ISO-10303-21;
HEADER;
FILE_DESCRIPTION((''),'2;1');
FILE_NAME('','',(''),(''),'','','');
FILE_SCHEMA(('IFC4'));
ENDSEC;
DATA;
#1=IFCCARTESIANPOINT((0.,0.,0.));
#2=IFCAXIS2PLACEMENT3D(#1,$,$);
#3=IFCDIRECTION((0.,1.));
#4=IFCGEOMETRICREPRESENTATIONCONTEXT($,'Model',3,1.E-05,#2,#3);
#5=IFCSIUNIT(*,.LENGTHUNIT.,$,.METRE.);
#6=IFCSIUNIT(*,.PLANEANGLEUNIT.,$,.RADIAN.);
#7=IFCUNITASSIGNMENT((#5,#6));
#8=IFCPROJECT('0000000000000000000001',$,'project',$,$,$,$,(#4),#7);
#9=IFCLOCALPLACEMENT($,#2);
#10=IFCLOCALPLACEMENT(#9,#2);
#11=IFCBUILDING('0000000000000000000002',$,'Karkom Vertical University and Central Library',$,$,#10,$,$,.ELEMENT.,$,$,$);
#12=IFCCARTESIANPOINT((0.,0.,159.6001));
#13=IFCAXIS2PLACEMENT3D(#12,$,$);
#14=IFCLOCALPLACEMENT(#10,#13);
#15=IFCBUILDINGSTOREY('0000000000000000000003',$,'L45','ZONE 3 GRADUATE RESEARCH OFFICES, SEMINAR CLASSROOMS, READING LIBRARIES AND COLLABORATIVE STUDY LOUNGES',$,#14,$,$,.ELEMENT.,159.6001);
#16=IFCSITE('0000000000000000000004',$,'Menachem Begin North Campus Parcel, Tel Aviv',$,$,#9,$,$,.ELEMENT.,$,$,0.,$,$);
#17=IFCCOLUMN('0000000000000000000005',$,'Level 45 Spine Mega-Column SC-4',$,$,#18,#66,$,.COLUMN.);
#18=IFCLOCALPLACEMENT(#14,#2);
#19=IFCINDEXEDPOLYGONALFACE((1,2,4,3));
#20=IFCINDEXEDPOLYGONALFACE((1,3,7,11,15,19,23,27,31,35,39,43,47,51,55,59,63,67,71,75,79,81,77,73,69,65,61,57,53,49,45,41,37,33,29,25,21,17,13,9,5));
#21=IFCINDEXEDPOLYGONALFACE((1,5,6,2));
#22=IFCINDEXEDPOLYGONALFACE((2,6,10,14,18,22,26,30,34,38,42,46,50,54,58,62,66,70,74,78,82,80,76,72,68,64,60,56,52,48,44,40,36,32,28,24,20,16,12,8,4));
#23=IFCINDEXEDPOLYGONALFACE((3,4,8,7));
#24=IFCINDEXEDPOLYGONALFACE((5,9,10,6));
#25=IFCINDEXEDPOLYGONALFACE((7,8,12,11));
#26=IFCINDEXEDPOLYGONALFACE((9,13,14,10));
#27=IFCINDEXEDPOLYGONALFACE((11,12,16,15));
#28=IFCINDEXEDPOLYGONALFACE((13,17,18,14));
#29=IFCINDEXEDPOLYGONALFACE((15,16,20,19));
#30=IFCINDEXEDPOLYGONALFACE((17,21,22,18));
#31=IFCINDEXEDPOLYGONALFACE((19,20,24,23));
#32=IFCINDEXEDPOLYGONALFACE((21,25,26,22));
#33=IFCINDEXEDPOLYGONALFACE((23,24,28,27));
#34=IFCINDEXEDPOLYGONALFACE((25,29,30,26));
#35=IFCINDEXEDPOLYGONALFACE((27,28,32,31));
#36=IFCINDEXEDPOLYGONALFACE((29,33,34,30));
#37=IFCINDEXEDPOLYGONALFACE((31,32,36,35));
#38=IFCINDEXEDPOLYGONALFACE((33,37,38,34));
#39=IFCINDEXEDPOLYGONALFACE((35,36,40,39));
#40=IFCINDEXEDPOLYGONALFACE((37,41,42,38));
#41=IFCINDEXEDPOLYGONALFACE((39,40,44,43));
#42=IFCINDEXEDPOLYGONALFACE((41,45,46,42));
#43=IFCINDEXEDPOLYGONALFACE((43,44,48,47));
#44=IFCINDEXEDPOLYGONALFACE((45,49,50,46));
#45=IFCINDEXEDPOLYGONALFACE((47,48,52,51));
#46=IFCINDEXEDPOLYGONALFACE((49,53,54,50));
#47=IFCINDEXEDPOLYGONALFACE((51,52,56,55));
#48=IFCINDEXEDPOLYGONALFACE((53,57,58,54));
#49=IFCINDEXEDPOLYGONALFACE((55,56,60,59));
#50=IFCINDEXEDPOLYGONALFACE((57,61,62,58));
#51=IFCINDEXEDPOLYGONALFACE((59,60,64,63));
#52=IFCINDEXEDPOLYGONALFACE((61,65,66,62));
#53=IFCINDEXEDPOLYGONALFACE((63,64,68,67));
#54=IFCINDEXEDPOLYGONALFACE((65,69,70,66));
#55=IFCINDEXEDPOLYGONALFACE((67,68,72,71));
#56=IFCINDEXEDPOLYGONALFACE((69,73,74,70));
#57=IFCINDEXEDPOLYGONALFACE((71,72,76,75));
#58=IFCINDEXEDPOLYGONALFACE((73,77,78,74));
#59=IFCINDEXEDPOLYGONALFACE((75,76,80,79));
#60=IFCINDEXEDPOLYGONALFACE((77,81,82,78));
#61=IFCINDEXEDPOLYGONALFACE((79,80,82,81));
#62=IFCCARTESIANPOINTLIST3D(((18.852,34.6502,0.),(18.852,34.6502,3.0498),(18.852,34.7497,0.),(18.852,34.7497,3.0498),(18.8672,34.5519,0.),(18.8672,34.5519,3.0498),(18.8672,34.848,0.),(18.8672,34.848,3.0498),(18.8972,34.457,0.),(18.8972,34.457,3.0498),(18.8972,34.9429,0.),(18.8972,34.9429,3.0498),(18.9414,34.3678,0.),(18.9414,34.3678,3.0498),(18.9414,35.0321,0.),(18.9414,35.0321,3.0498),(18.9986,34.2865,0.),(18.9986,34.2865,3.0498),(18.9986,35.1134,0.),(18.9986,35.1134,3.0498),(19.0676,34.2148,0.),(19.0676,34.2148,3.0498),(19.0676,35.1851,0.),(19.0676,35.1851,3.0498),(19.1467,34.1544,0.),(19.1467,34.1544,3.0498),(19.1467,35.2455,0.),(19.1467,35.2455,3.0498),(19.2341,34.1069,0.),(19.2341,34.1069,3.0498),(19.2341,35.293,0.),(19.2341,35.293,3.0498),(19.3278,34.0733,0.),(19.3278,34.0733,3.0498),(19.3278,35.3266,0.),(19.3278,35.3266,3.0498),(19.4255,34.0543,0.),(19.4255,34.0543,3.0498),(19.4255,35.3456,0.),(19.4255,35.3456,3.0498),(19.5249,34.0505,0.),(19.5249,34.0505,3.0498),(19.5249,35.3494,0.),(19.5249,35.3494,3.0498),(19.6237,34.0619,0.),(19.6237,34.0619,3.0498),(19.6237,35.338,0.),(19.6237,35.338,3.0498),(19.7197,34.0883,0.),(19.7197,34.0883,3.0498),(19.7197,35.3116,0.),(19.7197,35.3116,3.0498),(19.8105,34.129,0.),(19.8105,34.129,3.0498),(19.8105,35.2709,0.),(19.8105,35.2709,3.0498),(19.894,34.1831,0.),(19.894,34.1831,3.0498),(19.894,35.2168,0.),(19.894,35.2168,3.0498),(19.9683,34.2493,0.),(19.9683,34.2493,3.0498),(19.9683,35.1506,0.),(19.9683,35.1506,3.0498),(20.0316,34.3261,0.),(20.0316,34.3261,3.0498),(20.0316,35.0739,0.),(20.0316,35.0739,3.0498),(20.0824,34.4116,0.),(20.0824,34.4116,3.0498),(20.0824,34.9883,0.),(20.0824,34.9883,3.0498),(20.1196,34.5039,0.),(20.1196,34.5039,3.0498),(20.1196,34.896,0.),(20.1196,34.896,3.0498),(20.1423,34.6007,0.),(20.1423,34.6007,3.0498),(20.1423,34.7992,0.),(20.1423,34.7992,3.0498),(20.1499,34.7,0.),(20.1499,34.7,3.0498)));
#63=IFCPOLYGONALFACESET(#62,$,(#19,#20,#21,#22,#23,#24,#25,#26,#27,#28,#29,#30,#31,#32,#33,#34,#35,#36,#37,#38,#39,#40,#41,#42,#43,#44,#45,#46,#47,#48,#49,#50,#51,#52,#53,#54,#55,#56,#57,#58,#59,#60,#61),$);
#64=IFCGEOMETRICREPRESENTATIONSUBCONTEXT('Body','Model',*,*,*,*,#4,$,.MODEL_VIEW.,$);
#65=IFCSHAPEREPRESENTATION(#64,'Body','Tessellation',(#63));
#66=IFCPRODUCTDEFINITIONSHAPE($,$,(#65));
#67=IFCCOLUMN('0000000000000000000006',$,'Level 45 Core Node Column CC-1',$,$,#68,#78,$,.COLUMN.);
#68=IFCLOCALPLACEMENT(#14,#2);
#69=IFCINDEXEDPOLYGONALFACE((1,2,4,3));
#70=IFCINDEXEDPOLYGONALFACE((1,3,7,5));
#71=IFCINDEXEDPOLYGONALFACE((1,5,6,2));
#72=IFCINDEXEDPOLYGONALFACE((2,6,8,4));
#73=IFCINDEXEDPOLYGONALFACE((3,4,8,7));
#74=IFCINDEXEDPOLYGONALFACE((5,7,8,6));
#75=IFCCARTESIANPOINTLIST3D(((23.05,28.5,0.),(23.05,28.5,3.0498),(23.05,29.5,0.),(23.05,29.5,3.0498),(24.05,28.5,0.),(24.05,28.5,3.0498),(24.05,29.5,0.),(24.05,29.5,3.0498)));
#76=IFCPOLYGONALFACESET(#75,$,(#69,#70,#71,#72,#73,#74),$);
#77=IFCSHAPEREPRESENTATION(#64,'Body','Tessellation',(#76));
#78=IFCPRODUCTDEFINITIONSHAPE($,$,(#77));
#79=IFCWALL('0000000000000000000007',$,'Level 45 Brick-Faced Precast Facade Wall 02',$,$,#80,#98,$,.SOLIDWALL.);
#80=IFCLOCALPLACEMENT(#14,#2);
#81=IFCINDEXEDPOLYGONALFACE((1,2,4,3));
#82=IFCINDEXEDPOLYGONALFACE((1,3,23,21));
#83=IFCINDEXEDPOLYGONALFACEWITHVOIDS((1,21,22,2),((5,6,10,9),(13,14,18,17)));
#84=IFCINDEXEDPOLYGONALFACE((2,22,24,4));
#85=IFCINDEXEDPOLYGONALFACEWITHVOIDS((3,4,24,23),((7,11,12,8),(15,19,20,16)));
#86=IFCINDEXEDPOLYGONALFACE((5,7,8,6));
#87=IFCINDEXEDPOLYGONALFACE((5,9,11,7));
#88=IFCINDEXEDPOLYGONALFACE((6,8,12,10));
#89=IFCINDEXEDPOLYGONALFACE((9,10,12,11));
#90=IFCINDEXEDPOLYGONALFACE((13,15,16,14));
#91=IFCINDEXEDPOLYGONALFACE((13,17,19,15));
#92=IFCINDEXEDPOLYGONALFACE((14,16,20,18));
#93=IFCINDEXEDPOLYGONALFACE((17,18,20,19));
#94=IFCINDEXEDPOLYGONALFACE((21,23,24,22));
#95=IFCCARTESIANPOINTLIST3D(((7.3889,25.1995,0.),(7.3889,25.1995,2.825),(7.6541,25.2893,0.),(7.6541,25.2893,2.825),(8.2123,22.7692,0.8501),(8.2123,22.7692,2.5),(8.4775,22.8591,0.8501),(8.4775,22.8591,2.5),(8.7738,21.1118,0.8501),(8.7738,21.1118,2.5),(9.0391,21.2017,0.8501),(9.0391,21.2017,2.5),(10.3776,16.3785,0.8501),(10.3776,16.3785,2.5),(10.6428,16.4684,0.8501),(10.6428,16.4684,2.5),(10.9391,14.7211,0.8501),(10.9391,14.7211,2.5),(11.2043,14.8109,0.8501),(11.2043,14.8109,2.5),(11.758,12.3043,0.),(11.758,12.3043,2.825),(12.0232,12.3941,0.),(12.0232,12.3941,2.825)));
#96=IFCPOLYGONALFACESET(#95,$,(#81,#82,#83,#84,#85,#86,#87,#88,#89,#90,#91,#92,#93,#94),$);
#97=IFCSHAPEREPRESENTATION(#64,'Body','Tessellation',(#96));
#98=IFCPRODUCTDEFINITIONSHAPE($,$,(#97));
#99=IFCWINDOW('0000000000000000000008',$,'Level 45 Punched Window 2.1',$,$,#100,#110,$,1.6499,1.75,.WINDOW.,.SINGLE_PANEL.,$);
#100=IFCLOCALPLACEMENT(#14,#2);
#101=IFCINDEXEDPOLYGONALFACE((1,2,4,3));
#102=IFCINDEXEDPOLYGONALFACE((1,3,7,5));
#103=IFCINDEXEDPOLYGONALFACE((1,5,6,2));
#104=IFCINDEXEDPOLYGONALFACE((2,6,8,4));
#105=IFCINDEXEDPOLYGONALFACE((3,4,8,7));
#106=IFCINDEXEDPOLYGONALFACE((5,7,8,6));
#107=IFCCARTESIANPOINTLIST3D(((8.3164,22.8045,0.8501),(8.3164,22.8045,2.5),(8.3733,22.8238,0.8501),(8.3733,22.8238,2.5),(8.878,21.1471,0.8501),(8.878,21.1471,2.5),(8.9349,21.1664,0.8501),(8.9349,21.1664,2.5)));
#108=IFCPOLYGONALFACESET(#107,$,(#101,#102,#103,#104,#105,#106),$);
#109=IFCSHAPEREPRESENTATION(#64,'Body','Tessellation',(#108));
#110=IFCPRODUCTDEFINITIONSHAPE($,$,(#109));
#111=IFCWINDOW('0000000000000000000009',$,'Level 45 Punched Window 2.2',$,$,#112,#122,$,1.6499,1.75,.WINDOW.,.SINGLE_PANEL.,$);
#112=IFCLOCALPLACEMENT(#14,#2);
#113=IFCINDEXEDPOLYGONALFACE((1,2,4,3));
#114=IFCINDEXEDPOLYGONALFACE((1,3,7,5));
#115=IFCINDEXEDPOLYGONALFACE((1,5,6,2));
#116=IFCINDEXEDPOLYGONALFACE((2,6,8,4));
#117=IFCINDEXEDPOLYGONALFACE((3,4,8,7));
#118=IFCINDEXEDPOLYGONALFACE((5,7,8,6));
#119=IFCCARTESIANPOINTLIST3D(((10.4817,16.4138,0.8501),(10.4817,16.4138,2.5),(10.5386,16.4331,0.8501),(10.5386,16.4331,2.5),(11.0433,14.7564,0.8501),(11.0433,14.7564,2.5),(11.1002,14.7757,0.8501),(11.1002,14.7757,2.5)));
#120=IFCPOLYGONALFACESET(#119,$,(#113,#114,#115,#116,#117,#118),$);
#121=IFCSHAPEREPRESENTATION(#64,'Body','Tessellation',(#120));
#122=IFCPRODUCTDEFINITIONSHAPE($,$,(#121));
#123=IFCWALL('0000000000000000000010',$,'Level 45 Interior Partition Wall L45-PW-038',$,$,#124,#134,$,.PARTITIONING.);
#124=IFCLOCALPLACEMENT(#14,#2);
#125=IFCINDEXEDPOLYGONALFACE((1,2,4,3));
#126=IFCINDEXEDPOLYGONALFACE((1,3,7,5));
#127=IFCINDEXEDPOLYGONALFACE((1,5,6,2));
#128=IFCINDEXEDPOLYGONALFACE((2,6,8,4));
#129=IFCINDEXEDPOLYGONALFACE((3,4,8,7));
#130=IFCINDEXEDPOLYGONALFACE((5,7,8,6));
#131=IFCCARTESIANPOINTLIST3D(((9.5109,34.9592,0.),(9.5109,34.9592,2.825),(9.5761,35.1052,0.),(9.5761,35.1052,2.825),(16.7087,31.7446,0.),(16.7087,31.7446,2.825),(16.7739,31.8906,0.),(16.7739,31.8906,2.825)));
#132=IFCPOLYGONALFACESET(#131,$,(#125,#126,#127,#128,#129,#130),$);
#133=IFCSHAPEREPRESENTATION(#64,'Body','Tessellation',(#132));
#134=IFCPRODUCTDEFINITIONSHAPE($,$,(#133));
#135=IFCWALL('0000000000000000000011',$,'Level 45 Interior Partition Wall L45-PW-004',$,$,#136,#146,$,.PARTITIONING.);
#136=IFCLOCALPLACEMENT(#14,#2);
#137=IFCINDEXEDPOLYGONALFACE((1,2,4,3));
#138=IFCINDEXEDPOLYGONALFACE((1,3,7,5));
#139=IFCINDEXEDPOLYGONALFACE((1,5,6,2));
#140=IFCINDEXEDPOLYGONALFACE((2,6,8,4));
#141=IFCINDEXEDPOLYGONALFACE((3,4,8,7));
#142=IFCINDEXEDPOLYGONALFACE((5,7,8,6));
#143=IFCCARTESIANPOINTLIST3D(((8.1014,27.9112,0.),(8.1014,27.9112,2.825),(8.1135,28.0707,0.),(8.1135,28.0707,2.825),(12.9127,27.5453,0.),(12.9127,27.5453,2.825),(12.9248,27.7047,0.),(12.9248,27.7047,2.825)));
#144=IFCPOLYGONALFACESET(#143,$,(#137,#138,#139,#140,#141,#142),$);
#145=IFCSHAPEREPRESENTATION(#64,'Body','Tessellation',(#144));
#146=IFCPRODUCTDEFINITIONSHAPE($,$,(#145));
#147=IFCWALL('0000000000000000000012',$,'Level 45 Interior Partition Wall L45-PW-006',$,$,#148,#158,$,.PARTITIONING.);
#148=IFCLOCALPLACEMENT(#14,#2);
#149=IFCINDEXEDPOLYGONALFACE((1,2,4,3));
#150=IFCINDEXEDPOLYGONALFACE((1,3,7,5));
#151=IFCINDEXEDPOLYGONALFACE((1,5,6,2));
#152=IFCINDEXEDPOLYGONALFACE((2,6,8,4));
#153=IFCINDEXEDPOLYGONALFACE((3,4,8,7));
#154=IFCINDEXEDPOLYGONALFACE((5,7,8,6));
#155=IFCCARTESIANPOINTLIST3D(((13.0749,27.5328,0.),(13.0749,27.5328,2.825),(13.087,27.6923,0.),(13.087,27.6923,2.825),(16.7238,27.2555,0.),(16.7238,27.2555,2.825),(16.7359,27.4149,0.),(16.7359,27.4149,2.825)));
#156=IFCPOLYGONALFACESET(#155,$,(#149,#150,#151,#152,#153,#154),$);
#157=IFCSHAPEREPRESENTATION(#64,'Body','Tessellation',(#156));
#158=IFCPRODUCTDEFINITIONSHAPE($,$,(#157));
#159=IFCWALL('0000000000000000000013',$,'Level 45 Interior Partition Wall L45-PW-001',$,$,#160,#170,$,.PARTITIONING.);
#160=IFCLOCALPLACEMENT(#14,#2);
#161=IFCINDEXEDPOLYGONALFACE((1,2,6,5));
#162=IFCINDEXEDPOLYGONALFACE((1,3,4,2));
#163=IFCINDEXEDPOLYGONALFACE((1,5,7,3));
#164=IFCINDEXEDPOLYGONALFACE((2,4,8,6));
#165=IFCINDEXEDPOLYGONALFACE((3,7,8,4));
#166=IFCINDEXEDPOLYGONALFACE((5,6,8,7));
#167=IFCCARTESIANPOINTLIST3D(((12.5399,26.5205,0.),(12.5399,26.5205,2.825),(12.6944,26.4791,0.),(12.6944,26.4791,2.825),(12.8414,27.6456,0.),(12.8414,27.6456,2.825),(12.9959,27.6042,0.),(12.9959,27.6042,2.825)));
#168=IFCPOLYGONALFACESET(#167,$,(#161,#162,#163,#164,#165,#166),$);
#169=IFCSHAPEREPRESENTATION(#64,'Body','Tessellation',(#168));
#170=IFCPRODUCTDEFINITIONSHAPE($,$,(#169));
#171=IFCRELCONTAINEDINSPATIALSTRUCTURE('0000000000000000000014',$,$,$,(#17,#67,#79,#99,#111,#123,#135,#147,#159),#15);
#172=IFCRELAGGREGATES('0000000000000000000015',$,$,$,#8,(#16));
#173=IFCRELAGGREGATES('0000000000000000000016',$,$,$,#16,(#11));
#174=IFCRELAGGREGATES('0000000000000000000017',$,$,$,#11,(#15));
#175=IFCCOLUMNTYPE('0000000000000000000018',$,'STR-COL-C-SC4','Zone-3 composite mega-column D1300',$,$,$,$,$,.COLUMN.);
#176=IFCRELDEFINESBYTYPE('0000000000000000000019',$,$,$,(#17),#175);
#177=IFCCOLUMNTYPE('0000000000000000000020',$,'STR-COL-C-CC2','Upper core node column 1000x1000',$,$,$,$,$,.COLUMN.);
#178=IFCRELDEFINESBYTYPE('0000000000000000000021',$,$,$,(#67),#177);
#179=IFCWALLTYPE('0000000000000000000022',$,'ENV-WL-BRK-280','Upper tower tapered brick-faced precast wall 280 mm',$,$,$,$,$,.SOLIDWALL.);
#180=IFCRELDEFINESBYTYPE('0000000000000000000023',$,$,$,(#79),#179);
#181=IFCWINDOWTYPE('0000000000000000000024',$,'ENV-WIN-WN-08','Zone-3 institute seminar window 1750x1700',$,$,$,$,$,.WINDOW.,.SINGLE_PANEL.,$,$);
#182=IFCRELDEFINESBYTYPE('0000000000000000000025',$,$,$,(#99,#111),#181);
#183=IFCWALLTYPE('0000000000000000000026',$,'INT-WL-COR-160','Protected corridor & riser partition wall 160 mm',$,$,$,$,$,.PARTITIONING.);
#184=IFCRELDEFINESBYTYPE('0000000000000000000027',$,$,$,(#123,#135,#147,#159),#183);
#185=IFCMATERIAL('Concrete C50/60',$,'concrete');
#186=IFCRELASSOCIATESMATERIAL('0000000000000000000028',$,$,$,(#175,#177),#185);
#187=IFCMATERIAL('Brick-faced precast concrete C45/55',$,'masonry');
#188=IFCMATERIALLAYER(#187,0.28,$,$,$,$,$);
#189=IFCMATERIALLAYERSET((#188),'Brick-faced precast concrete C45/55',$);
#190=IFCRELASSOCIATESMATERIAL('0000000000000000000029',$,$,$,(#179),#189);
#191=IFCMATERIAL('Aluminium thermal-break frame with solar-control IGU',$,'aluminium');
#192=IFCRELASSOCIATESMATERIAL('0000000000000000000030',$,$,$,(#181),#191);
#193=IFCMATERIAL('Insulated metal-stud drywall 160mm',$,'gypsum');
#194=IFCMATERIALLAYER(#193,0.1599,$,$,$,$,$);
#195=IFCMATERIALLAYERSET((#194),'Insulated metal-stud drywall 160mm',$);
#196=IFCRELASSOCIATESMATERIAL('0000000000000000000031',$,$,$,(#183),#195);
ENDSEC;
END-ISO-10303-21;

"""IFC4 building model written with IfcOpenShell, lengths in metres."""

from ifc_helpers import new_model, si_unit, direction, frame, frame_2d, origin, origin_with_axes, origin_2d, place, context, subcontext, project, spatial, rectangle, circle, extrude, source, transform, mapped, material, layer, layer_set, material_profile, profile_set, type_object, element, fill, save


model = new_model("IFC4")

# Units and contexts
model_context = context("Model", 3, precision=1e-05, world=origin(), true_north=direction((0.0, 1.0)))
body_context = subcontext(model_context, "Body", "Model", "MODEL_VIEW")
ifc_project = project(units=[si_unit("LENGTHUNIT", "METRE"), si_unit("PLANEANGLEUNIT", "RADIAN")], contexts=[model_context])

# Site, building, storey
site_placement = place(None, origin())
site = spatial("IfcSite", under=ifc_project, at=site_placement, Name="Menachem Begin North Campus Parcel, Tel Aviv", CompositionType="ELEMENT", RefElevation=0.0)
building_placement = place(site_placement, origin())
building = spatial("IfcBuilding", under=site, at=building_placement, Name="Karkom Vertical University and Central Library", CompositionType="ELEMENT")
storey_placement = place(building_placement, frame((0.0, 0.0, 159.6001)))
storey = spatial("IfcBuildingStorey", under=building, at=storey_placement, Name="L45", Description="ZONE 3 GRADUATE RESEARCH OFFICES, SEMINAR CLASSROOMS, READING LIBRARIES AND COLLABORATIVE STUDY LOUNGES", CompositionType="ELEMENT", Elevation=159.6001)

# Columns
ifc_material_1 = material(Name="Concrete C50/60", Category="concrete")
ifc_material_profile_1 = material_profile(ifc_material_1, circle(Radius=0.6499, at=origin_2d()), Name="CFT-D1300")
ifc_profile_set_1 = profile_set([ifc_material_profile_1], Name="Concrete C50/60")
column_type_1 = type_object("IfcColumnType", Name="STR-COL-C-SC4", Description="Zone-3 composite mega-column D1300", PredefinedType="COLUMN", material=ifc_profile_set_1)
shared_shape_1 = source(origin_with_axes(), body_context, "Body", "SweptSolid", [
    extrude(circle(Radius=0.6499, at=origin_2d()), origin(), (0.0, 0.0, 1.0), 3.0498),
])
column_1_placement = place(storey_placement, frame((19.5, 34.7, 0.0), z_axis=(0.0, 0.0, 1.0), x_axis=(1.0, 0.0, 0.0)))
element("IfcColumn", 1, at=column_1_placement, inside=storey, type_object=column_type_1, Name="Level 45 Spine Mega-Column SC-4", PredefinedType="COLUMN", context=body_context, shape_type="MappedRepresentation", body=[
    mapped(shared_shape_1, transform((0.0, 0.0, 0.0), scale=1.0)),
])
ifc_material_profile_2 = material_profile(ifc_material_1, rectangle(XDim=1.0, YDim=1.0, at=origin_2d()), Name="RC-1000x1000")
ifc_profile_set_2 = profile_set([ifc_material_profile_2], Name="Concrete C50/60")
column_type_2 = type_object("IfcColumnType", Name="STR-COL-C-CC2", Description="Upper core node column 1000x1000", PredefinedType="COLUMN", material=ifc_profile_set_2)
shared_shape_2 = source(origin_with_axes(), body_context, "Body", "SweptSolid", [
    extrude(rectangle(XDim=1.0, YDim=1.0, at=origin_2d()), origin(), (0.0, 0.0, 1.0), 3.0498),
])
column_2_placement = place(storey_placement, frame((23.55, 29.0, 0.0), z_axis=(0.0, 0.0, 1.0), x_axis=(1.0, 0.0, 0.0)))
element("IfcColumn", 2, at=column_2_placement, inside=storey, type_object=column_type_2, Name="Level 45 Core Node Column CC-1", PredefinedType="COLUMN", context=body_context, shape_type="MappedRepresentation", body=[
    mapped(shared_shape_2, transform((0.0, 0.0, 0.0), scale=1.0)),
])

# Wall, openings, windows
ifc_material_2 = material(Name="Brick-faced precast concrete C45/55", Category="masonry")
ifc_layer_1 = layer(ifc_material_2, 0.28)
ifc_layer_set_1 = layer_set([ifc_layer_1], Name="Brick-faced precast concrete C45/55")
wall_type_1 = type_object("IfcWallType", Name="ENV-WL-BRK-280", Description="Upper tower tapered brick-faced precast wall 280 mm", PredefinedType="SOLIDWALL", material=ifc_layer_set_1)
wall_1_placement = place(storey_placement, frame((7.5215, 25.2444, 0.0), z_axis=(0.0, 0.0, 1.0), x_axis=(0.320899, -0.947114, 0.0)))
wall_1 = element("IfcWall", 3, at=wall_1_placement, inside=storey, type_object=wall_type_1, Name="Level 45 Brick-Faced Precast Facade Wall 02", PredefinedType="SOLIDWALL", context=body_context, shape_type="SweptSolid", body=[
    extrude(rectangle(XDim=13.6152, YDim=0.28, at=frame_2d((6.8076, 0.0))), origin(), (0.0, 0.0, 1.0), 2.825),
])
opening_1_placement = place(wall_1_placement, frame((2.5659, 0.0, 0.8501)))
opening_1 = element("IfcOpeningElement", 4, at=opening_1_placement, cuts=wall_1, PredefinedType="OPENING", context=body_context, shape_type="SweptSolid", body=[
    extrude(rectangle(XDim=1.75, YDim=1.6499, at=frame_2d((0.875, 0.825))), frame((0.0, 0.1499, 0.0), z_axis=(0.0, -1.0, 0.0), x_axis=(1.0, 0.0, 0.0)), (0.0, 0.0, 1.0), 0.3),
])
opening_2_placement = place(wall_1_placement, frame((9.3135, 0.0, 0.8501)))
opening_2 = element("IfcOpeningElement", 5, at=opening_2_placement, cuts=wall_1, PredefinedType="OPENING", context=body_context, shape_type="SweptSolid", body=[
    extrude(rectangle(XDim=1.75, YDim=1.6499, at=frame_2d((0.875, 0.825))), frame((0.0, 0.1499, 0.0), z_axis=(0.0, -1.0, 0.0), x_axis=(1.0, 0.0, 0.0)), (0.0, 0.0, 1.0), 0.3),
])
ifc_material_3 = material(Name="Aluminium thermal-break frame with solar-control IGU", Category="aluminium")
window_type = type_object("IfcWindowType", Name="ENV-WIN-WN-08", Description="Zone-3 institute seminar window 1750x1700", PartitioningType="SINGLE_PANEL", PredefinedType="WINDOW", material=ifc_material_3)
shared_shape_3 = source(origin_with_axes(), body_context, "Body", "SweptSolid", [
    extrude(rectangle(XDim=1.75, YDim=1.6499, at=frame_2d((0.875, 0.825))), frame((0.0, 0.03, 0.0), z_axis=(0.0, -1.0, 0.0), x_axis=(1.0, 0.0, 0.0)), (0.0, 0.0, 1.0), 0.0601),
])
window_1_placement = place(opening_1_placement, origin())
window_1 = element("IfcWindow", 6, at=window_1_placement, inside=storey, type_object=window_type, Name="Level 45 Punched Window 2.1", OverallHeight=1.6499, OverallWidth=1.75, PartitioningType="SINGLE_PANEL", PredefinedType="WINDOW", context=body_context, shape_type="MappedRepresentation", body=[
    mapped(shared_shape_3, transform((0.0, 0.0, 0.0), scale=1.0)),
])
fill(opening_1, window_1)
window_2_placement = place(opening_2_placement, origin())
window_2 = element("IfcWindow", 7, at=window_2_placement, inside=storey, type_object=window_type, Name="Level 45 Punched Window 2.2", OverallHeight=1.6499, OverallWidth=1.75, PartitioningType="SINGLE_PANEL", PredefinedType="WINDOW", context=body_context, shape_type="MappedRepresentation", body=[
    mapped(shared_shape_3, transform((0.0, 0.0, 0.0), scale=1.0)),
])
fill(opening_2, window_2)

# Wall
ifc_material_4 = material(Name="Insulated metal-stud drywall 160mm", Category="gypsum")
ifc_layer_2 = layer(ifc_material_4, 0.1599)
ifc_layer_set_2 = layer_set([ifc_layer_2], Name="Insulated metal-stud drywall 160mm")
wall_type_2 = type_object("IfcWallType", Name="INT-WL-COR-160", Description="Protected corridor & riser partition wall 160 mm", PredefinedType="PARTITIONING", material=ifc_layer_set_2)
wall_2_placement = place(storey_placement, frame((16.7412, 31.8176, 0.0), z_axis=(0.0, 0.0, 1.0), x_axis=(-0.913076, 0.40779, 0.0)))
element("IfcWall", 8, at=wall_2_placement, inside=storey, type_object=wall_type_2, Name="Level 45 Interior Partition Wall L45-PW-038", PredefinedType="PARTITIONING", context=body_context, shape_type="SweptSolid", body=[
    extrude(rectangle(XDim=7.8831, YDim=0.1599, at=frame_2d((3.9414, 0.0))), origin(), (0.0, 0.0, 1.0), 2.825),
])

# Walls
wall_3_placement = place(storey_placement, frame((8.1074, 27.991, 0.0), z_axis=(0.0, 0.0, 1.0), x_axis=(0.99712, -0.075845, 0.0)))
element("IfcWall", 9, at=wall_3_placement, inside=storey, type_object=wall_type_2, Name="Level 45 Interior Partition Wall L45-PW-004", PredefinedType="PARTITIONING", context=body_context, shape_type="SweptSolid", body=[
    extrude(rectangle(XDim=4.8252, YDim=0.1599, at=frame_2d((2.4126, 0.0))), origin(), (0.0, 0.0, 1.0), 2.825),
])
wall_4_placement = place(storey_placement, frame((13.0811, 27.6125, 0.0), z_axis=(0.0, 0.0, 1.0), x_axis=(0.997124, -0.075788, 0.0)))
element("IfcWall", 10, at=wall_4_placement, inside=storey, type_object=wall_type_2, Name="Level 45 Interior Partition Wall L45-PW-006", PredefinedType="PARTITIONING", context=body_context, shape_type="SweptSolid", body=[
    extrude(rectangle(XDim=3.6594, YDim=0.1599, at=frame_2d((1.8296, 0.0))), origin(), (0.0, 0.0, 1.0), 2.825),
])
wall_5_placement = place(storey_placement, frame((12.9187, 27.625, 0.0), z_axis=(0.0, 0.0, 1.0), x_axis=(-0.258876, -0.965911, 0.0)))
element("IfcWall", 11, at=wall_5_placement, inside=storey, type_object=wall_type_2, Name="Level 45 Interior Partition Wall L45-PW-001", PredefinedType="PARTITIONING", context=body_context, shape_type="SweptSolid", body=[
    extrude(rectangle(XDim=1.1648, YDim=0.1599, at=frame_2d((0.5825, 0.0))), origin(), (0.0, 0.0, 1.0), 2.825),
])

save(model, "model.ifc")
